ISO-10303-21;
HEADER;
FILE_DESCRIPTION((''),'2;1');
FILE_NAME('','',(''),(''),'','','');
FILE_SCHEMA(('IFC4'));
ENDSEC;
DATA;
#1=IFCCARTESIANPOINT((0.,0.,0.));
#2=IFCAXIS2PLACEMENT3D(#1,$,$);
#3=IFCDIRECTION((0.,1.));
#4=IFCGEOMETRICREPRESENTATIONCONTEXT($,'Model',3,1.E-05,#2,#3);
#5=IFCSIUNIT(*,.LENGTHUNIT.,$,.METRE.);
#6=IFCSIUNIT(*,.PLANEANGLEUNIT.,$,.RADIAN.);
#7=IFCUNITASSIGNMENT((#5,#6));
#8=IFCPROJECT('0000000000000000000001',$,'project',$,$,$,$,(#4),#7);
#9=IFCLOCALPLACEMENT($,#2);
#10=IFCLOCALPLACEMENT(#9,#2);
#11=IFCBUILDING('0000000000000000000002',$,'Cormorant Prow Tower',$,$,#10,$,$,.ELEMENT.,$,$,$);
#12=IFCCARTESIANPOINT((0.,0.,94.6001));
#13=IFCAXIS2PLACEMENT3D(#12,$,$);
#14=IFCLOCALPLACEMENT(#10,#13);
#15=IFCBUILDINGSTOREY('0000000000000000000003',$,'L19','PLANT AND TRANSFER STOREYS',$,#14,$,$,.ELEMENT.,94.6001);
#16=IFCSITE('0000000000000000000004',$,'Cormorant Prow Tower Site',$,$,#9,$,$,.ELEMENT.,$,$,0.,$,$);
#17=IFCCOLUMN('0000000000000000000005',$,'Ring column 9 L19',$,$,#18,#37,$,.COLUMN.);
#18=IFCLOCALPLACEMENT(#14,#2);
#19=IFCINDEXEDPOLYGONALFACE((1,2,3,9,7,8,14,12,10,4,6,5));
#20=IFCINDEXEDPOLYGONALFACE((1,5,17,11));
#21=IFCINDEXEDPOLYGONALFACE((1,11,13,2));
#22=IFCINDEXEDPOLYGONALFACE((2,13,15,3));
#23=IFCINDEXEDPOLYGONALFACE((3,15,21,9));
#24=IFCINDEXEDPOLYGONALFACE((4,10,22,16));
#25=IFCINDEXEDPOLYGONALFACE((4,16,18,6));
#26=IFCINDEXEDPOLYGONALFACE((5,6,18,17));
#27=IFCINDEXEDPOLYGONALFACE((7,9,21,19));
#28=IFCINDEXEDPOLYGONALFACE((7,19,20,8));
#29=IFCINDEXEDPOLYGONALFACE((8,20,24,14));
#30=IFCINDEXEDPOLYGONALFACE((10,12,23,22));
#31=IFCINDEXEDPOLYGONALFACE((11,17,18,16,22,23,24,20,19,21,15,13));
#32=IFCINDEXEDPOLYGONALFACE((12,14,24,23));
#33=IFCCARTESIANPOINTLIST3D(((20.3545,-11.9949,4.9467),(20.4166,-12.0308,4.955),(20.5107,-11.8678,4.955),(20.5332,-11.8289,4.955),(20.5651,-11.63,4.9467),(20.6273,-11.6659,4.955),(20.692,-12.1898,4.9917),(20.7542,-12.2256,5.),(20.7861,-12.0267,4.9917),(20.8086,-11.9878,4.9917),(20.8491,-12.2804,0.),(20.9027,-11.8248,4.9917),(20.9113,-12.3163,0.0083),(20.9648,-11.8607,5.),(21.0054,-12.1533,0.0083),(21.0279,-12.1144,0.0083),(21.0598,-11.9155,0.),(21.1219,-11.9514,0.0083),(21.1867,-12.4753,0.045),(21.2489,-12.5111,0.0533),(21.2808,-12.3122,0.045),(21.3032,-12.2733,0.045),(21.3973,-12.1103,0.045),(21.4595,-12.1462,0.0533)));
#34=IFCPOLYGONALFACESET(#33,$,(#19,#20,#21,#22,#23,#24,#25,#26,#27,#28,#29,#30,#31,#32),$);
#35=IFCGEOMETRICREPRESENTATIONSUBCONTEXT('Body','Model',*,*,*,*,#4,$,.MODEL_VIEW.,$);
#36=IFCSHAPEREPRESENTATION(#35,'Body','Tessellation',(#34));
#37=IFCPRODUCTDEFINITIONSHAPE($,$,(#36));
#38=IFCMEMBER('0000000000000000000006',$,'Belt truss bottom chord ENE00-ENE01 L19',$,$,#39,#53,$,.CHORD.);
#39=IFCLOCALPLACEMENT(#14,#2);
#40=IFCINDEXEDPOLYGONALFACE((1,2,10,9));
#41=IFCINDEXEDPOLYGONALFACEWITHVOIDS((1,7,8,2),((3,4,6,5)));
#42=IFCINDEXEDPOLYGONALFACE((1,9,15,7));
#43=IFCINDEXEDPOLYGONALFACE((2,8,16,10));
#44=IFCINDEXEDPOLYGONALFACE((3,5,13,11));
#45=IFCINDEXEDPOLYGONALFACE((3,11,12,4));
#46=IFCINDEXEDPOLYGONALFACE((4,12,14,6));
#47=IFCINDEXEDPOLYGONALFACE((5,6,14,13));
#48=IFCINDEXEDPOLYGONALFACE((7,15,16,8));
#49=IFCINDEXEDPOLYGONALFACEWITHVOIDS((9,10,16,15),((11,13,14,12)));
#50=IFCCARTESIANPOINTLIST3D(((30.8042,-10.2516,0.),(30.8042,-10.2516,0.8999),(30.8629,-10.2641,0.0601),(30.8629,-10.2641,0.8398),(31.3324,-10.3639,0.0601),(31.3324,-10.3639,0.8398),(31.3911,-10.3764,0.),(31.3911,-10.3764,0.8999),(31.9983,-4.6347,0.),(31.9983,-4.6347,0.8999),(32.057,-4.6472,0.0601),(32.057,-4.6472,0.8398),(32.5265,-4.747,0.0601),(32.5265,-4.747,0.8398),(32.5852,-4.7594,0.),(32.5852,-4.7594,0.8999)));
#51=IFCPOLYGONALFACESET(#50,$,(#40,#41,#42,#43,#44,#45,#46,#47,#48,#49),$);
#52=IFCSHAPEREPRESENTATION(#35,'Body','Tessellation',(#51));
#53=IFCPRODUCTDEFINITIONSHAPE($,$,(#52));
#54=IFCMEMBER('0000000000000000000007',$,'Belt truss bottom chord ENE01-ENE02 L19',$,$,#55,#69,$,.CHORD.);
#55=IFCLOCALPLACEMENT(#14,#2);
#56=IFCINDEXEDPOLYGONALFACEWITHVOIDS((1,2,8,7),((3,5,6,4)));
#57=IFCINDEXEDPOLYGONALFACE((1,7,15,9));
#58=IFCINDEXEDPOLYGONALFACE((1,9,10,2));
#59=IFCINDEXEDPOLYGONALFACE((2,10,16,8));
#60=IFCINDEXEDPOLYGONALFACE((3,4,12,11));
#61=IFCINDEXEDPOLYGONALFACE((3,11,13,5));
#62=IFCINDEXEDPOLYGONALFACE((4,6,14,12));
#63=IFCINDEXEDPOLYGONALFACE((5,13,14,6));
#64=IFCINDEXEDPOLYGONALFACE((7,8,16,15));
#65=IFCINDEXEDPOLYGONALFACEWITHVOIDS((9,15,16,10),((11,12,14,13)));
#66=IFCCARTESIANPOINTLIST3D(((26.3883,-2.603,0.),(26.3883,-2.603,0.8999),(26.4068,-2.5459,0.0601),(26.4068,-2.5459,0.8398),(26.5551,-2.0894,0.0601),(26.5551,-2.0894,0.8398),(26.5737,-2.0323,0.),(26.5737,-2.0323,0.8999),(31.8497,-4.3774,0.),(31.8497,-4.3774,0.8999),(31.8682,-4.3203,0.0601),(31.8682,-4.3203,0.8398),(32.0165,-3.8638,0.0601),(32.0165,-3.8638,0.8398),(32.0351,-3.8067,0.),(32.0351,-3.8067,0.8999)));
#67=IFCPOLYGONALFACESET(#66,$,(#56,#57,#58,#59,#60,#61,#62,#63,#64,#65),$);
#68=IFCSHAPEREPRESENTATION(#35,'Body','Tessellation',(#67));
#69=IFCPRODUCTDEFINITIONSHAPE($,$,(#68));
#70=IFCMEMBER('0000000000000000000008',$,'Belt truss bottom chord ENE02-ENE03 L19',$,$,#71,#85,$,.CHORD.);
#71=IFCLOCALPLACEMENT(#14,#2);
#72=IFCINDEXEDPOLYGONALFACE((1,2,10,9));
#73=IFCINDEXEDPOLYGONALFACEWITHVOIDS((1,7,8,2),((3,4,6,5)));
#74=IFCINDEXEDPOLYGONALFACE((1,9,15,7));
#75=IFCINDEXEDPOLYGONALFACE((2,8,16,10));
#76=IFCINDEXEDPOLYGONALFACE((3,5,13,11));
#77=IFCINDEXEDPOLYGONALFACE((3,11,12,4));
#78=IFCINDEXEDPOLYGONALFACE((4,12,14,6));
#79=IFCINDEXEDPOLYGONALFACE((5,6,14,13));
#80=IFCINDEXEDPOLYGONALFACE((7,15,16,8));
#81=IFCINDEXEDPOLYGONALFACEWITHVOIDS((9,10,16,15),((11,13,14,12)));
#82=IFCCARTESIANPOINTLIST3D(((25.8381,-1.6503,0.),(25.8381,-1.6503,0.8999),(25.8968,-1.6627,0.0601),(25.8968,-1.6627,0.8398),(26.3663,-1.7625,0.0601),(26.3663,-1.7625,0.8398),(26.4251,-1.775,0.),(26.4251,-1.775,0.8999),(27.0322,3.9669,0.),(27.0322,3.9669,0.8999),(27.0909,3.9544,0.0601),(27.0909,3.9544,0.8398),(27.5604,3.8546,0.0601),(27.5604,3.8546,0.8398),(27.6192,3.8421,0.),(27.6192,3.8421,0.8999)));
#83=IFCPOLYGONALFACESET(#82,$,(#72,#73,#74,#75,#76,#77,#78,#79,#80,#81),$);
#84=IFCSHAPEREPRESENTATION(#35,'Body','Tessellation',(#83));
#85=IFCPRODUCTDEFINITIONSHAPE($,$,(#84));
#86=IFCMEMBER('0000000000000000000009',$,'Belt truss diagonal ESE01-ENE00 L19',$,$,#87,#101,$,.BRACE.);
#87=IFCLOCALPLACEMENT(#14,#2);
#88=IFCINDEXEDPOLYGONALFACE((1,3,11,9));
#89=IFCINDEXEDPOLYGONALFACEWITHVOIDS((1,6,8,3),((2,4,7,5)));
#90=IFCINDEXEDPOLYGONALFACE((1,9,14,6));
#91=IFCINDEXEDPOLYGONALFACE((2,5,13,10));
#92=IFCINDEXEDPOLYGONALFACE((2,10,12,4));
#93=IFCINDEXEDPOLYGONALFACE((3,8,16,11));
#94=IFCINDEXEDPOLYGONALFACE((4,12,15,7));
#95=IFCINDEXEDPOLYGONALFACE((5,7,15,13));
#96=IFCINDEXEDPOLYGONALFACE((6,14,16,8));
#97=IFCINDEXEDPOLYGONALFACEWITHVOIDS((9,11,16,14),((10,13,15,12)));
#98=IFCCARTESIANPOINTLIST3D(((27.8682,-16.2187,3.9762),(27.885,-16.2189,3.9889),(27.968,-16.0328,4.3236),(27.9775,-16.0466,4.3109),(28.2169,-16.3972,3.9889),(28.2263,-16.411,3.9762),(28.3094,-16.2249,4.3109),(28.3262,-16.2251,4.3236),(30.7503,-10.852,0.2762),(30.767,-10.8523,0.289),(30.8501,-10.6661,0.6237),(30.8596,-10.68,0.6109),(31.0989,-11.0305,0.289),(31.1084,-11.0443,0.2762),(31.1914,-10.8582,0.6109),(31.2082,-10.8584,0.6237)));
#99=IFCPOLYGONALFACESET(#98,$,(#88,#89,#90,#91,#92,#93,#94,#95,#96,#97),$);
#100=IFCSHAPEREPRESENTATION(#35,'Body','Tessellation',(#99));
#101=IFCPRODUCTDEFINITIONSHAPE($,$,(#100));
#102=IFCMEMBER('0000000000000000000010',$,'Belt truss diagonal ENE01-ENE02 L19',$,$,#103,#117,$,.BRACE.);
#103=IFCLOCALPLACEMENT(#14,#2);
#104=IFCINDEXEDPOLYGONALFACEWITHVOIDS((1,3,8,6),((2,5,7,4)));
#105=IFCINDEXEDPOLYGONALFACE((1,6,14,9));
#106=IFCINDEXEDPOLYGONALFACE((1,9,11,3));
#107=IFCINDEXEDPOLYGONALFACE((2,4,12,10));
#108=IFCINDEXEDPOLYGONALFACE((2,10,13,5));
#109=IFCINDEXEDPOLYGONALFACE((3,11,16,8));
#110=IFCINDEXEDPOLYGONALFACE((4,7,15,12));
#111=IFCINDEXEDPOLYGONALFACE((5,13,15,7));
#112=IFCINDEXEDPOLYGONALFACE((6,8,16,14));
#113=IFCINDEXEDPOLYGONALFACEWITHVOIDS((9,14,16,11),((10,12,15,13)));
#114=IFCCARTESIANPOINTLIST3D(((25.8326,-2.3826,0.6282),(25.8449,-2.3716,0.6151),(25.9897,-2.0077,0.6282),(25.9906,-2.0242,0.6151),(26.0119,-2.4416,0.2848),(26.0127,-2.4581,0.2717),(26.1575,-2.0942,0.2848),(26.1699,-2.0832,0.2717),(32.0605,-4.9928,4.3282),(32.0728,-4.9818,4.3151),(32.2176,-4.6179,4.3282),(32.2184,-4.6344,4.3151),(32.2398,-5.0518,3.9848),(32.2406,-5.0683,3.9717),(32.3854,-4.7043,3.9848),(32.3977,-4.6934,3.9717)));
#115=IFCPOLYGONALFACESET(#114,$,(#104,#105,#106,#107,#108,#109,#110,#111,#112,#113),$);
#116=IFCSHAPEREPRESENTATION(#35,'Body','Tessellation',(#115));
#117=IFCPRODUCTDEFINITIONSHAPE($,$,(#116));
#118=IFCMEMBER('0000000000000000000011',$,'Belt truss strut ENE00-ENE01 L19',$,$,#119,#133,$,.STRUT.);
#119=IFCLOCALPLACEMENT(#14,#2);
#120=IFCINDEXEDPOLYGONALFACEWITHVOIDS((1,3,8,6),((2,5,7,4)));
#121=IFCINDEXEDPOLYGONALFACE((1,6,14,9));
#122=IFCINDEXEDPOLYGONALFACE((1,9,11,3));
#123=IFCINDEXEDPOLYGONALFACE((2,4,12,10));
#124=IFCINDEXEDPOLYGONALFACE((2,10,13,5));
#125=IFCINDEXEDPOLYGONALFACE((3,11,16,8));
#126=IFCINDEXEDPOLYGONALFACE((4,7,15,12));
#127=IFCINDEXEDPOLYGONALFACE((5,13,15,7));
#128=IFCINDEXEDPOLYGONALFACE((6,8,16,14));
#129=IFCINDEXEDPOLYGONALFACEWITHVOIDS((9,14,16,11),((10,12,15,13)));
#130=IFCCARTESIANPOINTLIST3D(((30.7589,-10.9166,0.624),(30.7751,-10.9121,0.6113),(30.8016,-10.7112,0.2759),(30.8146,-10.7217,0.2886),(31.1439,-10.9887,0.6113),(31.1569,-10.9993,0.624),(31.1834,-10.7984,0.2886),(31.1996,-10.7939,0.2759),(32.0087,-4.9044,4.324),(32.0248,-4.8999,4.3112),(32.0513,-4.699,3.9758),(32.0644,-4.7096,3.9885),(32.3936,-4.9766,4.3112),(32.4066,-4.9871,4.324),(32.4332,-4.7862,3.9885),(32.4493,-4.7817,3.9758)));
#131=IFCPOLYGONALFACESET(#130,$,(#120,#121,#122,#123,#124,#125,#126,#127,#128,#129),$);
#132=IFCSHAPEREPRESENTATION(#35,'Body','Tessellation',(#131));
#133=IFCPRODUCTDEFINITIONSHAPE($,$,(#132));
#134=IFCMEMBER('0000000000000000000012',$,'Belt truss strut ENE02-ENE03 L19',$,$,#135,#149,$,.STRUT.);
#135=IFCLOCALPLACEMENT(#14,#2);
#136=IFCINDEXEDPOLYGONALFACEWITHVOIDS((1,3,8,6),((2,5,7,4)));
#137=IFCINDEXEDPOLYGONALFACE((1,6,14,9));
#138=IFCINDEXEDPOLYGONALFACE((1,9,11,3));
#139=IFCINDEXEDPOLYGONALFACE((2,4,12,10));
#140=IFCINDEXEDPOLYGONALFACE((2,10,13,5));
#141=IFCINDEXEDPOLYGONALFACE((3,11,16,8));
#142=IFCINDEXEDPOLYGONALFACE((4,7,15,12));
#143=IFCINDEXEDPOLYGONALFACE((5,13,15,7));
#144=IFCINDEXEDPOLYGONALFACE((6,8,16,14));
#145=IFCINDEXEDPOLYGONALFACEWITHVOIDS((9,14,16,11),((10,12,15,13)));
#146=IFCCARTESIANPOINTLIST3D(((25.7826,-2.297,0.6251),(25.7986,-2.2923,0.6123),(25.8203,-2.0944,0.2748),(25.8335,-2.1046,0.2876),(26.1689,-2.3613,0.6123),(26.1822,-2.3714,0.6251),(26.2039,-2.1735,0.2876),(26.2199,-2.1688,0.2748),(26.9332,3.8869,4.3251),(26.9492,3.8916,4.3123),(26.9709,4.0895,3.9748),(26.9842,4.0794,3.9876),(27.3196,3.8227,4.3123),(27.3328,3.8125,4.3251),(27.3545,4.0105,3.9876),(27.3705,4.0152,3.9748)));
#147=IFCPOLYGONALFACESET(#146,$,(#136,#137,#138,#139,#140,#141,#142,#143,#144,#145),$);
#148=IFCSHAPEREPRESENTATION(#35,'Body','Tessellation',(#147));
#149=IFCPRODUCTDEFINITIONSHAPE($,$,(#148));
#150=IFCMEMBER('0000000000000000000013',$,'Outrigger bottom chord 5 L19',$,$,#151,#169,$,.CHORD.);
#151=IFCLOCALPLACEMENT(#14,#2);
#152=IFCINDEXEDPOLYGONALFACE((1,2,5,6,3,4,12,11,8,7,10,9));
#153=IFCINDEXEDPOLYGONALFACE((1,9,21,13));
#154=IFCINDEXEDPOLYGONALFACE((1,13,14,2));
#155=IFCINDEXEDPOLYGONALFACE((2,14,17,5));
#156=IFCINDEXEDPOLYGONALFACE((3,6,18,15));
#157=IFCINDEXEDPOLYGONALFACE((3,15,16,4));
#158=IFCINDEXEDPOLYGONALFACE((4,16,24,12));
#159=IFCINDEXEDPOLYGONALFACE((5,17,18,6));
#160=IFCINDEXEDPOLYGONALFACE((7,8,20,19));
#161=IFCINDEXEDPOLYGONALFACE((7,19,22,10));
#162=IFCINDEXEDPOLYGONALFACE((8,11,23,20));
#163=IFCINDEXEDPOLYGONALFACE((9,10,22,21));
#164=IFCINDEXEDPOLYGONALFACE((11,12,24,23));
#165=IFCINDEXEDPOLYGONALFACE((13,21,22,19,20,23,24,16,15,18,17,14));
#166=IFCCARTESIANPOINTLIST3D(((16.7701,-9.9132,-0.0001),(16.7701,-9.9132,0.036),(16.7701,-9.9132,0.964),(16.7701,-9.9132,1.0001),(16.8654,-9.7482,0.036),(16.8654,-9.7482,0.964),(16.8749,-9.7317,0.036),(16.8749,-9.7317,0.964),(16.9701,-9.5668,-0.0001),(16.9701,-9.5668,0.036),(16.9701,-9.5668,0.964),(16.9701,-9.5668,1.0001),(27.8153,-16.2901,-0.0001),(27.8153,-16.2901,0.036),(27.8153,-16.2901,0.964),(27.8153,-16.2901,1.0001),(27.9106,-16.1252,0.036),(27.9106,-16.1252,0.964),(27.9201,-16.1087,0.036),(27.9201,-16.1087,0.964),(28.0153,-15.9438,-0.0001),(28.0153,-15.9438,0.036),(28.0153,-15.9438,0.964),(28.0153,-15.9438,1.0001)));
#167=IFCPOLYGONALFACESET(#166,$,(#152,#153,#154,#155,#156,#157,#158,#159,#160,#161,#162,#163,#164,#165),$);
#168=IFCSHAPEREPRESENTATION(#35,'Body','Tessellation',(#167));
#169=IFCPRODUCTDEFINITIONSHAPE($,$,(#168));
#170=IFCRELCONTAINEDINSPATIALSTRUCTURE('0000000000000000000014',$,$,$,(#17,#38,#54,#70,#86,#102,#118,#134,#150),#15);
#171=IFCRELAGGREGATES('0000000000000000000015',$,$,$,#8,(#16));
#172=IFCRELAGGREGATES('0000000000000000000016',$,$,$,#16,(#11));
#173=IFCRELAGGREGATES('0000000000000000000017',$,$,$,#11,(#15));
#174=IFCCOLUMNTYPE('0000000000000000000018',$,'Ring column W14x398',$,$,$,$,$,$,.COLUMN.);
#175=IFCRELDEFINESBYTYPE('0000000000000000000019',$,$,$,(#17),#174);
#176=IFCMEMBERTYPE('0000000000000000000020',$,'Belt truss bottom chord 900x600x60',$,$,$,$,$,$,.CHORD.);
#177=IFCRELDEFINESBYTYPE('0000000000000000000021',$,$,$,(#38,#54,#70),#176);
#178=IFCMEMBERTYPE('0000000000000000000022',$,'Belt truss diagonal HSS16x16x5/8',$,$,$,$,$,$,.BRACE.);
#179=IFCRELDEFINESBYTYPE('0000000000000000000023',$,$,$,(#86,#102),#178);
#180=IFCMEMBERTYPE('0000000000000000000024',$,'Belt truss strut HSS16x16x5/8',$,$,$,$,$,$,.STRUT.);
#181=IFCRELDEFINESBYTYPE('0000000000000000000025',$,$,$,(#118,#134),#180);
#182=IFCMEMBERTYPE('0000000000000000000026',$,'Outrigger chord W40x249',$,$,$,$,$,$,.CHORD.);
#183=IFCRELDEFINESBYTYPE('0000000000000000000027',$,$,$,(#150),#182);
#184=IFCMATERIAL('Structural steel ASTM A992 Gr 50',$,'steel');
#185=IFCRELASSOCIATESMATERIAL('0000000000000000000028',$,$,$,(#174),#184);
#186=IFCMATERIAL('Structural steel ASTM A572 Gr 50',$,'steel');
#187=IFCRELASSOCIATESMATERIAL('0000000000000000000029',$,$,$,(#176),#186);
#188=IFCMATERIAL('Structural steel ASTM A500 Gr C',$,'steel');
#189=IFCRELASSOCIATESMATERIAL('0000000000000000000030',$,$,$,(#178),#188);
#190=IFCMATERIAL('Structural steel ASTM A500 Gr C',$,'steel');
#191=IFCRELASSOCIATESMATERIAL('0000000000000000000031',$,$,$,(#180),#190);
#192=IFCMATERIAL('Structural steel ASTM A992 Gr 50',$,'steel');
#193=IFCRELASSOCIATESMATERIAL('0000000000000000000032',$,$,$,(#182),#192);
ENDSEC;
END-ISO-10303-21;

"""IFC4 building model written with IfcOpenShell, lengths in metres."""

from ifc_helpers import new_model, si_unit, direction, frame, origin, origin_2d, place, context, subcontext, project, spatial, hollow_rectangle, i_section, extrude, material, material_profile, profile_set, type_object, element, save


model = new_model("IFC4")

# Units and contexts
model_context = context("Model", 3, precision=1e-05, world=origin(), true_north=direction((0.0, 1.0)))
body_context = subcontext(model_context, "Body", "Model", "MODEL_VIEW")
ifc_project = project(units=[si_unit("LENGTHUNIT", "METRE"), si_unit("PLANEANGLEUNIT", "RADIAN")], contexts=[model_context])

# Site, building, storey
site_placement = place(None, origin())
site = spatial("IfcSite", under=ifc_project, at=site_placement, Name="Cormorant Prow Tower Site", CompositionType="ELEMENT", RefElevation=0.0)
building_placement = place(site_placement, origin())
building = spatial("IfcBuilding", under=site, at=building_placement, Name="Cormorant Prow Tower", CompositionType="ELEMENT")
storey_placement = place(building_placement, frame((0.0, 0.0, 94.6001)))
storey = spatial("IfcBuildingStorey", under=building, at=storey_placement, Name="L19", Description="PLANT AND TRANSFER STOREYS", CompositionType="ELEMENT", Elevation=94.6001)

# Column
ifc_material_1 = material(Name="Structural steel ASTM A992 Gr 50", Category="steel")
ifc_material_profile_1 = material_profile(ifc_material_1, i_section(OverallWidth=0.4214, OverallDepth=0.4646, WebThickness=0.0449, FlangeThickness=0.0723, at=origin_2d()), Name="W14x398")
ifc_profile_set_1 = profile_set([ifc_material_profile_1], Name="Structural steel ASTM A992 Gr 50")
column_type_1 = type_object("IfcColumnType", Name="Ring column W14x398", PredefinedType="COLUMN", material=ifc_profile_set_1)
column_1_placement = place(storey_placement, frame((21.157, -12.2148, 0.0), z_axis=(-0.09934, 0.057334, 0.9934), x_axis=(-0.499869, -0.866101, 0.0)))
element("IfcColumn", 1, at=column_1_placement, inside=storey, type_object=column_type_1, Name="Ring column 9 L19", PredefinedType="COLUMN", context=body_context, shape_type="SweptSolid", body=[
    extrude(i_section(OverallWidth=0.4214, OverallDepth=0.4646, WebThickness=0.0449, FlangeThickness=0.0723, at=origin_2d()), frame((0.0, 0.0, 0.0269)), (0.0, 0.0, 1.0), 4.9795),
])

# Members
ifc_material_2 = material(Name="Structural steel ASTM A572 Gr 50", Category="steel")
ifc_material_profile_2 = material_profile(ifc_material_2, hollow_rectangle(XDim=0.6001, YDim=0.8999, WallThickness=0.0601, at=origin_2d()), Name="Box 900x600x60")
ifc_profile_set_2 = profile_set([ifc_material_profile_2], Name="Structural steel ASTM A572 Gr 50")
member_type_1 = type_object("IfcMemberType", Name="Belt truss bottom chord 900x600x60", PredefinedType="CHORD", material=ifc_profile_set_2)
for number, where, z_axis, x_axis, name in (
    (2, (31.0977, -10.314, 0.45), (0.207941, 0.978141, 0.0), (-0.978141, 0.207941, 0.0), "Belt truss bottom chord ENE00-ENE01 L19"),
    (3, (31.9424, -4.092, 0.45), (-0.951062, 0.309, 0.0), (-0.309, -0.951062, 0.0), "Belt truss bottom chord ENE01-ENE02 L19"),
):
    element("IfcMember", number, at=place(storey_placement, frame(where, z_axis=z_axis, x_axis=x_axis)), inside=storey, type_object=member_type_1, Name=name, PredefinedType="CHORD", context=body_context, shape_type="SweptSolid", body=[
        extrude(hollow_rectangle(XDim=0.6001, YDim=0.8999, WallThickness=0.0601, at=origin_2d()), origin(), (0.0, 0.0, 1.0), 5.7424),
    ])
member_1_placement = place(storey_placement, frame((26.1316, -1.7126, 0.45), z_axis=(0.207932, 0.978143, 0.0), x_axis=(-0.978143, 0.207932, 0.0)))
element("IfcMember", 4, at=member_1_placement, inside=storey, type_object=member_type_1, Name="Belt truss bottom chord ENE02-ENE03 L19", PredefinedType="CHORD", context=body_context, shape_type="SweptSolid", body=[
    extrude(hollow_rectangle(XDim=0.6001, YDim=0.8999, WallThickness=0.0601, at=origin_2d()), origin(), (0.0, 0.0, 1.0), 5.7427),
])
ifc_material_3 = material(Name="Structural steel ASTM A500 Gr C", Category="steel")
ifc_material_profile_3 = material_profile(ifc_material_3, hollow_rectangle(XDim=0.4065, YDim=0.4065, WallThickness=0.0149, at=origin_2d()), Name="HSS16x16x5/8")
ifc_profile_set_3 = profile_set([ifc_material_profile_3], Name="Structural steel ASTM A500 Gr C")
member_type_2 = type_object("IfcMemberType", Name="Belt truss diagonal HSS16x16x5/8", PredefinedType="BRACE", material=ifc_profile_set_3)
member_2_placement = place(storey_placement, frame((30.9792, -10.8552, 0.45), z_axis=(-0.404376, -0.752985, 0.519129), x_axis=(0.880997, -0.473122, 0.0)))
element("IfcMember", 5, at=member_2_placement, inside=storey, type_object=member_type_2, Name="Belt truss diagonal ESE01-ENE00 L19", PredefinedType="BRACE", context=body_context, shape_type="SweptSolid", body=[
    extrude(hollow_rectangle(XDim=0.4065, YDim=0.4065, WallThickness=0.0149, at=origin_2d()), origin(), (0.0, 0.0, 1.0), 7.1272),
])
member_3_placement = place(storey_placement, frame((26.0012, -2.2329, 0.45), z_axis=(0.808819, -0.338982, 0.480523), x_axis=(0.386532, 0.922276, 0.0)))
element("IfcMember", 6, at=member_3_placement, inside=storey, type_object=member_type_2, Name="Belt truss diagonal ENE01-ENE02 L19", PredefinedType="BRACE", context=body_context, shape_type="SweptSolid", body=[
    extrude(hollow_rectangle(XDim=0.4065, YDim=0.4065, WallThickness=0.0149, at=origin_2d()), origin(), (0.0, 0.0, 1.0), 7.7),
])
ifc_material_4 = material(Name="Structural steel ASTM A500 Gr C", Category="steel")
ifc_material_profile_4 = material_profile(ifc_material_4, hollow_rectangle(XDim=0.4065, YDim=0.4065, WallThickness=0.0149, at=origin_2d()), Name="HSS16x16x5/8")
ifc_profile_set_4 = profile_set([ifc_material_profile_4], Name="Structural steel ASTM A500 Gr C")
member_type_3 = type_object("IfcMemberType", Name="Belt truss strut HSS16x16x5/8", PredefinedType="STRUT", material=ifc_profile_set_4)
member_4_placement = place(storey_placement, frame((30.9792, -10.8552, 0.45), z_axis=(0.174322, 0.83861, 0.516086), x_axis=(-0.979071, 0.203519, 0.0)))
element("IfcMember", 7, at=member_4_placement, inside=storey, type_object=member_type_3, Name="Belt truss strut ENE00-ENE01 L19", PredefinedType="STRUT", context=body_context, shape_type="SweptSolid", body=[
    extrude(hollow_rectangle(XDim=0.4065, YDim=0.4065, WallThickness=0.0149, at=origin_2d()), origin(), (0.0, 0.0, 1.0), 7.1692),
])
member_5_placement = place(storey_placement, frame((26.0012, -2.2329, 0.45), z_axis=(0.157675, 0.847392, 0.507017), x_axis=(-0.983126, 0.182931, 0.0)))
element("IfcMember", 8, at=member_5_placement, inside=storey, type_object=member_type_3, Name="Belt truss strut ENE02-ENE03 L19", PredefinedType="STRUT", context=body_context, shape_type="SweptSolid", body=[
    extrude(hollow_rectangle(XDim=0.4065, YDim=0.4065, WallThickness=0.0149, at=origin_2d()), origin(), (0.0, 0.0, 1.0), 7.2976),
])
ifc_material_5 = material(Name="Structural steel ASTM A992 Gr 50", Category="steel")
ifc_material_profile_5 = material_profile(ifc_material_5, i_section(OverallWidth=0.3999, OverallDepth=1.0002, WebThickness=0.019, FlangeThickness=0.0361, at=origin_2d()), Name="W40x249")
ifc_profile_set_5 = profile_set([ifc_material_profile_5], Name="Structural steel ASTM A992 Gr 50")
member_type_4 = type_object("IfcMemberType", Name="Outrigger chord W40x249", PredefinedType="CHORD", material=ifc_profile_set_5)
member_6_placement = place(storey_placement, frame((16.8701, -9.74, 0.5), z_axis=(0.866025, -0.500001, 0.0), x_axis=(0.500001, 0.866025, 0.0)))
element("IfcMember", 9, at=member_6_placement, inside=storey, type_object=member_type_4, Name="Outrigger bottom chord 5 L19", PredefinedType="CHORD", context=body_context, shape_type="SweptSolid", body=[
    extrude(i_section(OverallWidth=0.3999, OverallDepth=1.0002, WebThickness=0.019, FlangeThickness=0.0361, at=origin_2d()), origin(), (0.0, 0.0, 1.0), 12.7539),
])

save(model, "model.ifc")
